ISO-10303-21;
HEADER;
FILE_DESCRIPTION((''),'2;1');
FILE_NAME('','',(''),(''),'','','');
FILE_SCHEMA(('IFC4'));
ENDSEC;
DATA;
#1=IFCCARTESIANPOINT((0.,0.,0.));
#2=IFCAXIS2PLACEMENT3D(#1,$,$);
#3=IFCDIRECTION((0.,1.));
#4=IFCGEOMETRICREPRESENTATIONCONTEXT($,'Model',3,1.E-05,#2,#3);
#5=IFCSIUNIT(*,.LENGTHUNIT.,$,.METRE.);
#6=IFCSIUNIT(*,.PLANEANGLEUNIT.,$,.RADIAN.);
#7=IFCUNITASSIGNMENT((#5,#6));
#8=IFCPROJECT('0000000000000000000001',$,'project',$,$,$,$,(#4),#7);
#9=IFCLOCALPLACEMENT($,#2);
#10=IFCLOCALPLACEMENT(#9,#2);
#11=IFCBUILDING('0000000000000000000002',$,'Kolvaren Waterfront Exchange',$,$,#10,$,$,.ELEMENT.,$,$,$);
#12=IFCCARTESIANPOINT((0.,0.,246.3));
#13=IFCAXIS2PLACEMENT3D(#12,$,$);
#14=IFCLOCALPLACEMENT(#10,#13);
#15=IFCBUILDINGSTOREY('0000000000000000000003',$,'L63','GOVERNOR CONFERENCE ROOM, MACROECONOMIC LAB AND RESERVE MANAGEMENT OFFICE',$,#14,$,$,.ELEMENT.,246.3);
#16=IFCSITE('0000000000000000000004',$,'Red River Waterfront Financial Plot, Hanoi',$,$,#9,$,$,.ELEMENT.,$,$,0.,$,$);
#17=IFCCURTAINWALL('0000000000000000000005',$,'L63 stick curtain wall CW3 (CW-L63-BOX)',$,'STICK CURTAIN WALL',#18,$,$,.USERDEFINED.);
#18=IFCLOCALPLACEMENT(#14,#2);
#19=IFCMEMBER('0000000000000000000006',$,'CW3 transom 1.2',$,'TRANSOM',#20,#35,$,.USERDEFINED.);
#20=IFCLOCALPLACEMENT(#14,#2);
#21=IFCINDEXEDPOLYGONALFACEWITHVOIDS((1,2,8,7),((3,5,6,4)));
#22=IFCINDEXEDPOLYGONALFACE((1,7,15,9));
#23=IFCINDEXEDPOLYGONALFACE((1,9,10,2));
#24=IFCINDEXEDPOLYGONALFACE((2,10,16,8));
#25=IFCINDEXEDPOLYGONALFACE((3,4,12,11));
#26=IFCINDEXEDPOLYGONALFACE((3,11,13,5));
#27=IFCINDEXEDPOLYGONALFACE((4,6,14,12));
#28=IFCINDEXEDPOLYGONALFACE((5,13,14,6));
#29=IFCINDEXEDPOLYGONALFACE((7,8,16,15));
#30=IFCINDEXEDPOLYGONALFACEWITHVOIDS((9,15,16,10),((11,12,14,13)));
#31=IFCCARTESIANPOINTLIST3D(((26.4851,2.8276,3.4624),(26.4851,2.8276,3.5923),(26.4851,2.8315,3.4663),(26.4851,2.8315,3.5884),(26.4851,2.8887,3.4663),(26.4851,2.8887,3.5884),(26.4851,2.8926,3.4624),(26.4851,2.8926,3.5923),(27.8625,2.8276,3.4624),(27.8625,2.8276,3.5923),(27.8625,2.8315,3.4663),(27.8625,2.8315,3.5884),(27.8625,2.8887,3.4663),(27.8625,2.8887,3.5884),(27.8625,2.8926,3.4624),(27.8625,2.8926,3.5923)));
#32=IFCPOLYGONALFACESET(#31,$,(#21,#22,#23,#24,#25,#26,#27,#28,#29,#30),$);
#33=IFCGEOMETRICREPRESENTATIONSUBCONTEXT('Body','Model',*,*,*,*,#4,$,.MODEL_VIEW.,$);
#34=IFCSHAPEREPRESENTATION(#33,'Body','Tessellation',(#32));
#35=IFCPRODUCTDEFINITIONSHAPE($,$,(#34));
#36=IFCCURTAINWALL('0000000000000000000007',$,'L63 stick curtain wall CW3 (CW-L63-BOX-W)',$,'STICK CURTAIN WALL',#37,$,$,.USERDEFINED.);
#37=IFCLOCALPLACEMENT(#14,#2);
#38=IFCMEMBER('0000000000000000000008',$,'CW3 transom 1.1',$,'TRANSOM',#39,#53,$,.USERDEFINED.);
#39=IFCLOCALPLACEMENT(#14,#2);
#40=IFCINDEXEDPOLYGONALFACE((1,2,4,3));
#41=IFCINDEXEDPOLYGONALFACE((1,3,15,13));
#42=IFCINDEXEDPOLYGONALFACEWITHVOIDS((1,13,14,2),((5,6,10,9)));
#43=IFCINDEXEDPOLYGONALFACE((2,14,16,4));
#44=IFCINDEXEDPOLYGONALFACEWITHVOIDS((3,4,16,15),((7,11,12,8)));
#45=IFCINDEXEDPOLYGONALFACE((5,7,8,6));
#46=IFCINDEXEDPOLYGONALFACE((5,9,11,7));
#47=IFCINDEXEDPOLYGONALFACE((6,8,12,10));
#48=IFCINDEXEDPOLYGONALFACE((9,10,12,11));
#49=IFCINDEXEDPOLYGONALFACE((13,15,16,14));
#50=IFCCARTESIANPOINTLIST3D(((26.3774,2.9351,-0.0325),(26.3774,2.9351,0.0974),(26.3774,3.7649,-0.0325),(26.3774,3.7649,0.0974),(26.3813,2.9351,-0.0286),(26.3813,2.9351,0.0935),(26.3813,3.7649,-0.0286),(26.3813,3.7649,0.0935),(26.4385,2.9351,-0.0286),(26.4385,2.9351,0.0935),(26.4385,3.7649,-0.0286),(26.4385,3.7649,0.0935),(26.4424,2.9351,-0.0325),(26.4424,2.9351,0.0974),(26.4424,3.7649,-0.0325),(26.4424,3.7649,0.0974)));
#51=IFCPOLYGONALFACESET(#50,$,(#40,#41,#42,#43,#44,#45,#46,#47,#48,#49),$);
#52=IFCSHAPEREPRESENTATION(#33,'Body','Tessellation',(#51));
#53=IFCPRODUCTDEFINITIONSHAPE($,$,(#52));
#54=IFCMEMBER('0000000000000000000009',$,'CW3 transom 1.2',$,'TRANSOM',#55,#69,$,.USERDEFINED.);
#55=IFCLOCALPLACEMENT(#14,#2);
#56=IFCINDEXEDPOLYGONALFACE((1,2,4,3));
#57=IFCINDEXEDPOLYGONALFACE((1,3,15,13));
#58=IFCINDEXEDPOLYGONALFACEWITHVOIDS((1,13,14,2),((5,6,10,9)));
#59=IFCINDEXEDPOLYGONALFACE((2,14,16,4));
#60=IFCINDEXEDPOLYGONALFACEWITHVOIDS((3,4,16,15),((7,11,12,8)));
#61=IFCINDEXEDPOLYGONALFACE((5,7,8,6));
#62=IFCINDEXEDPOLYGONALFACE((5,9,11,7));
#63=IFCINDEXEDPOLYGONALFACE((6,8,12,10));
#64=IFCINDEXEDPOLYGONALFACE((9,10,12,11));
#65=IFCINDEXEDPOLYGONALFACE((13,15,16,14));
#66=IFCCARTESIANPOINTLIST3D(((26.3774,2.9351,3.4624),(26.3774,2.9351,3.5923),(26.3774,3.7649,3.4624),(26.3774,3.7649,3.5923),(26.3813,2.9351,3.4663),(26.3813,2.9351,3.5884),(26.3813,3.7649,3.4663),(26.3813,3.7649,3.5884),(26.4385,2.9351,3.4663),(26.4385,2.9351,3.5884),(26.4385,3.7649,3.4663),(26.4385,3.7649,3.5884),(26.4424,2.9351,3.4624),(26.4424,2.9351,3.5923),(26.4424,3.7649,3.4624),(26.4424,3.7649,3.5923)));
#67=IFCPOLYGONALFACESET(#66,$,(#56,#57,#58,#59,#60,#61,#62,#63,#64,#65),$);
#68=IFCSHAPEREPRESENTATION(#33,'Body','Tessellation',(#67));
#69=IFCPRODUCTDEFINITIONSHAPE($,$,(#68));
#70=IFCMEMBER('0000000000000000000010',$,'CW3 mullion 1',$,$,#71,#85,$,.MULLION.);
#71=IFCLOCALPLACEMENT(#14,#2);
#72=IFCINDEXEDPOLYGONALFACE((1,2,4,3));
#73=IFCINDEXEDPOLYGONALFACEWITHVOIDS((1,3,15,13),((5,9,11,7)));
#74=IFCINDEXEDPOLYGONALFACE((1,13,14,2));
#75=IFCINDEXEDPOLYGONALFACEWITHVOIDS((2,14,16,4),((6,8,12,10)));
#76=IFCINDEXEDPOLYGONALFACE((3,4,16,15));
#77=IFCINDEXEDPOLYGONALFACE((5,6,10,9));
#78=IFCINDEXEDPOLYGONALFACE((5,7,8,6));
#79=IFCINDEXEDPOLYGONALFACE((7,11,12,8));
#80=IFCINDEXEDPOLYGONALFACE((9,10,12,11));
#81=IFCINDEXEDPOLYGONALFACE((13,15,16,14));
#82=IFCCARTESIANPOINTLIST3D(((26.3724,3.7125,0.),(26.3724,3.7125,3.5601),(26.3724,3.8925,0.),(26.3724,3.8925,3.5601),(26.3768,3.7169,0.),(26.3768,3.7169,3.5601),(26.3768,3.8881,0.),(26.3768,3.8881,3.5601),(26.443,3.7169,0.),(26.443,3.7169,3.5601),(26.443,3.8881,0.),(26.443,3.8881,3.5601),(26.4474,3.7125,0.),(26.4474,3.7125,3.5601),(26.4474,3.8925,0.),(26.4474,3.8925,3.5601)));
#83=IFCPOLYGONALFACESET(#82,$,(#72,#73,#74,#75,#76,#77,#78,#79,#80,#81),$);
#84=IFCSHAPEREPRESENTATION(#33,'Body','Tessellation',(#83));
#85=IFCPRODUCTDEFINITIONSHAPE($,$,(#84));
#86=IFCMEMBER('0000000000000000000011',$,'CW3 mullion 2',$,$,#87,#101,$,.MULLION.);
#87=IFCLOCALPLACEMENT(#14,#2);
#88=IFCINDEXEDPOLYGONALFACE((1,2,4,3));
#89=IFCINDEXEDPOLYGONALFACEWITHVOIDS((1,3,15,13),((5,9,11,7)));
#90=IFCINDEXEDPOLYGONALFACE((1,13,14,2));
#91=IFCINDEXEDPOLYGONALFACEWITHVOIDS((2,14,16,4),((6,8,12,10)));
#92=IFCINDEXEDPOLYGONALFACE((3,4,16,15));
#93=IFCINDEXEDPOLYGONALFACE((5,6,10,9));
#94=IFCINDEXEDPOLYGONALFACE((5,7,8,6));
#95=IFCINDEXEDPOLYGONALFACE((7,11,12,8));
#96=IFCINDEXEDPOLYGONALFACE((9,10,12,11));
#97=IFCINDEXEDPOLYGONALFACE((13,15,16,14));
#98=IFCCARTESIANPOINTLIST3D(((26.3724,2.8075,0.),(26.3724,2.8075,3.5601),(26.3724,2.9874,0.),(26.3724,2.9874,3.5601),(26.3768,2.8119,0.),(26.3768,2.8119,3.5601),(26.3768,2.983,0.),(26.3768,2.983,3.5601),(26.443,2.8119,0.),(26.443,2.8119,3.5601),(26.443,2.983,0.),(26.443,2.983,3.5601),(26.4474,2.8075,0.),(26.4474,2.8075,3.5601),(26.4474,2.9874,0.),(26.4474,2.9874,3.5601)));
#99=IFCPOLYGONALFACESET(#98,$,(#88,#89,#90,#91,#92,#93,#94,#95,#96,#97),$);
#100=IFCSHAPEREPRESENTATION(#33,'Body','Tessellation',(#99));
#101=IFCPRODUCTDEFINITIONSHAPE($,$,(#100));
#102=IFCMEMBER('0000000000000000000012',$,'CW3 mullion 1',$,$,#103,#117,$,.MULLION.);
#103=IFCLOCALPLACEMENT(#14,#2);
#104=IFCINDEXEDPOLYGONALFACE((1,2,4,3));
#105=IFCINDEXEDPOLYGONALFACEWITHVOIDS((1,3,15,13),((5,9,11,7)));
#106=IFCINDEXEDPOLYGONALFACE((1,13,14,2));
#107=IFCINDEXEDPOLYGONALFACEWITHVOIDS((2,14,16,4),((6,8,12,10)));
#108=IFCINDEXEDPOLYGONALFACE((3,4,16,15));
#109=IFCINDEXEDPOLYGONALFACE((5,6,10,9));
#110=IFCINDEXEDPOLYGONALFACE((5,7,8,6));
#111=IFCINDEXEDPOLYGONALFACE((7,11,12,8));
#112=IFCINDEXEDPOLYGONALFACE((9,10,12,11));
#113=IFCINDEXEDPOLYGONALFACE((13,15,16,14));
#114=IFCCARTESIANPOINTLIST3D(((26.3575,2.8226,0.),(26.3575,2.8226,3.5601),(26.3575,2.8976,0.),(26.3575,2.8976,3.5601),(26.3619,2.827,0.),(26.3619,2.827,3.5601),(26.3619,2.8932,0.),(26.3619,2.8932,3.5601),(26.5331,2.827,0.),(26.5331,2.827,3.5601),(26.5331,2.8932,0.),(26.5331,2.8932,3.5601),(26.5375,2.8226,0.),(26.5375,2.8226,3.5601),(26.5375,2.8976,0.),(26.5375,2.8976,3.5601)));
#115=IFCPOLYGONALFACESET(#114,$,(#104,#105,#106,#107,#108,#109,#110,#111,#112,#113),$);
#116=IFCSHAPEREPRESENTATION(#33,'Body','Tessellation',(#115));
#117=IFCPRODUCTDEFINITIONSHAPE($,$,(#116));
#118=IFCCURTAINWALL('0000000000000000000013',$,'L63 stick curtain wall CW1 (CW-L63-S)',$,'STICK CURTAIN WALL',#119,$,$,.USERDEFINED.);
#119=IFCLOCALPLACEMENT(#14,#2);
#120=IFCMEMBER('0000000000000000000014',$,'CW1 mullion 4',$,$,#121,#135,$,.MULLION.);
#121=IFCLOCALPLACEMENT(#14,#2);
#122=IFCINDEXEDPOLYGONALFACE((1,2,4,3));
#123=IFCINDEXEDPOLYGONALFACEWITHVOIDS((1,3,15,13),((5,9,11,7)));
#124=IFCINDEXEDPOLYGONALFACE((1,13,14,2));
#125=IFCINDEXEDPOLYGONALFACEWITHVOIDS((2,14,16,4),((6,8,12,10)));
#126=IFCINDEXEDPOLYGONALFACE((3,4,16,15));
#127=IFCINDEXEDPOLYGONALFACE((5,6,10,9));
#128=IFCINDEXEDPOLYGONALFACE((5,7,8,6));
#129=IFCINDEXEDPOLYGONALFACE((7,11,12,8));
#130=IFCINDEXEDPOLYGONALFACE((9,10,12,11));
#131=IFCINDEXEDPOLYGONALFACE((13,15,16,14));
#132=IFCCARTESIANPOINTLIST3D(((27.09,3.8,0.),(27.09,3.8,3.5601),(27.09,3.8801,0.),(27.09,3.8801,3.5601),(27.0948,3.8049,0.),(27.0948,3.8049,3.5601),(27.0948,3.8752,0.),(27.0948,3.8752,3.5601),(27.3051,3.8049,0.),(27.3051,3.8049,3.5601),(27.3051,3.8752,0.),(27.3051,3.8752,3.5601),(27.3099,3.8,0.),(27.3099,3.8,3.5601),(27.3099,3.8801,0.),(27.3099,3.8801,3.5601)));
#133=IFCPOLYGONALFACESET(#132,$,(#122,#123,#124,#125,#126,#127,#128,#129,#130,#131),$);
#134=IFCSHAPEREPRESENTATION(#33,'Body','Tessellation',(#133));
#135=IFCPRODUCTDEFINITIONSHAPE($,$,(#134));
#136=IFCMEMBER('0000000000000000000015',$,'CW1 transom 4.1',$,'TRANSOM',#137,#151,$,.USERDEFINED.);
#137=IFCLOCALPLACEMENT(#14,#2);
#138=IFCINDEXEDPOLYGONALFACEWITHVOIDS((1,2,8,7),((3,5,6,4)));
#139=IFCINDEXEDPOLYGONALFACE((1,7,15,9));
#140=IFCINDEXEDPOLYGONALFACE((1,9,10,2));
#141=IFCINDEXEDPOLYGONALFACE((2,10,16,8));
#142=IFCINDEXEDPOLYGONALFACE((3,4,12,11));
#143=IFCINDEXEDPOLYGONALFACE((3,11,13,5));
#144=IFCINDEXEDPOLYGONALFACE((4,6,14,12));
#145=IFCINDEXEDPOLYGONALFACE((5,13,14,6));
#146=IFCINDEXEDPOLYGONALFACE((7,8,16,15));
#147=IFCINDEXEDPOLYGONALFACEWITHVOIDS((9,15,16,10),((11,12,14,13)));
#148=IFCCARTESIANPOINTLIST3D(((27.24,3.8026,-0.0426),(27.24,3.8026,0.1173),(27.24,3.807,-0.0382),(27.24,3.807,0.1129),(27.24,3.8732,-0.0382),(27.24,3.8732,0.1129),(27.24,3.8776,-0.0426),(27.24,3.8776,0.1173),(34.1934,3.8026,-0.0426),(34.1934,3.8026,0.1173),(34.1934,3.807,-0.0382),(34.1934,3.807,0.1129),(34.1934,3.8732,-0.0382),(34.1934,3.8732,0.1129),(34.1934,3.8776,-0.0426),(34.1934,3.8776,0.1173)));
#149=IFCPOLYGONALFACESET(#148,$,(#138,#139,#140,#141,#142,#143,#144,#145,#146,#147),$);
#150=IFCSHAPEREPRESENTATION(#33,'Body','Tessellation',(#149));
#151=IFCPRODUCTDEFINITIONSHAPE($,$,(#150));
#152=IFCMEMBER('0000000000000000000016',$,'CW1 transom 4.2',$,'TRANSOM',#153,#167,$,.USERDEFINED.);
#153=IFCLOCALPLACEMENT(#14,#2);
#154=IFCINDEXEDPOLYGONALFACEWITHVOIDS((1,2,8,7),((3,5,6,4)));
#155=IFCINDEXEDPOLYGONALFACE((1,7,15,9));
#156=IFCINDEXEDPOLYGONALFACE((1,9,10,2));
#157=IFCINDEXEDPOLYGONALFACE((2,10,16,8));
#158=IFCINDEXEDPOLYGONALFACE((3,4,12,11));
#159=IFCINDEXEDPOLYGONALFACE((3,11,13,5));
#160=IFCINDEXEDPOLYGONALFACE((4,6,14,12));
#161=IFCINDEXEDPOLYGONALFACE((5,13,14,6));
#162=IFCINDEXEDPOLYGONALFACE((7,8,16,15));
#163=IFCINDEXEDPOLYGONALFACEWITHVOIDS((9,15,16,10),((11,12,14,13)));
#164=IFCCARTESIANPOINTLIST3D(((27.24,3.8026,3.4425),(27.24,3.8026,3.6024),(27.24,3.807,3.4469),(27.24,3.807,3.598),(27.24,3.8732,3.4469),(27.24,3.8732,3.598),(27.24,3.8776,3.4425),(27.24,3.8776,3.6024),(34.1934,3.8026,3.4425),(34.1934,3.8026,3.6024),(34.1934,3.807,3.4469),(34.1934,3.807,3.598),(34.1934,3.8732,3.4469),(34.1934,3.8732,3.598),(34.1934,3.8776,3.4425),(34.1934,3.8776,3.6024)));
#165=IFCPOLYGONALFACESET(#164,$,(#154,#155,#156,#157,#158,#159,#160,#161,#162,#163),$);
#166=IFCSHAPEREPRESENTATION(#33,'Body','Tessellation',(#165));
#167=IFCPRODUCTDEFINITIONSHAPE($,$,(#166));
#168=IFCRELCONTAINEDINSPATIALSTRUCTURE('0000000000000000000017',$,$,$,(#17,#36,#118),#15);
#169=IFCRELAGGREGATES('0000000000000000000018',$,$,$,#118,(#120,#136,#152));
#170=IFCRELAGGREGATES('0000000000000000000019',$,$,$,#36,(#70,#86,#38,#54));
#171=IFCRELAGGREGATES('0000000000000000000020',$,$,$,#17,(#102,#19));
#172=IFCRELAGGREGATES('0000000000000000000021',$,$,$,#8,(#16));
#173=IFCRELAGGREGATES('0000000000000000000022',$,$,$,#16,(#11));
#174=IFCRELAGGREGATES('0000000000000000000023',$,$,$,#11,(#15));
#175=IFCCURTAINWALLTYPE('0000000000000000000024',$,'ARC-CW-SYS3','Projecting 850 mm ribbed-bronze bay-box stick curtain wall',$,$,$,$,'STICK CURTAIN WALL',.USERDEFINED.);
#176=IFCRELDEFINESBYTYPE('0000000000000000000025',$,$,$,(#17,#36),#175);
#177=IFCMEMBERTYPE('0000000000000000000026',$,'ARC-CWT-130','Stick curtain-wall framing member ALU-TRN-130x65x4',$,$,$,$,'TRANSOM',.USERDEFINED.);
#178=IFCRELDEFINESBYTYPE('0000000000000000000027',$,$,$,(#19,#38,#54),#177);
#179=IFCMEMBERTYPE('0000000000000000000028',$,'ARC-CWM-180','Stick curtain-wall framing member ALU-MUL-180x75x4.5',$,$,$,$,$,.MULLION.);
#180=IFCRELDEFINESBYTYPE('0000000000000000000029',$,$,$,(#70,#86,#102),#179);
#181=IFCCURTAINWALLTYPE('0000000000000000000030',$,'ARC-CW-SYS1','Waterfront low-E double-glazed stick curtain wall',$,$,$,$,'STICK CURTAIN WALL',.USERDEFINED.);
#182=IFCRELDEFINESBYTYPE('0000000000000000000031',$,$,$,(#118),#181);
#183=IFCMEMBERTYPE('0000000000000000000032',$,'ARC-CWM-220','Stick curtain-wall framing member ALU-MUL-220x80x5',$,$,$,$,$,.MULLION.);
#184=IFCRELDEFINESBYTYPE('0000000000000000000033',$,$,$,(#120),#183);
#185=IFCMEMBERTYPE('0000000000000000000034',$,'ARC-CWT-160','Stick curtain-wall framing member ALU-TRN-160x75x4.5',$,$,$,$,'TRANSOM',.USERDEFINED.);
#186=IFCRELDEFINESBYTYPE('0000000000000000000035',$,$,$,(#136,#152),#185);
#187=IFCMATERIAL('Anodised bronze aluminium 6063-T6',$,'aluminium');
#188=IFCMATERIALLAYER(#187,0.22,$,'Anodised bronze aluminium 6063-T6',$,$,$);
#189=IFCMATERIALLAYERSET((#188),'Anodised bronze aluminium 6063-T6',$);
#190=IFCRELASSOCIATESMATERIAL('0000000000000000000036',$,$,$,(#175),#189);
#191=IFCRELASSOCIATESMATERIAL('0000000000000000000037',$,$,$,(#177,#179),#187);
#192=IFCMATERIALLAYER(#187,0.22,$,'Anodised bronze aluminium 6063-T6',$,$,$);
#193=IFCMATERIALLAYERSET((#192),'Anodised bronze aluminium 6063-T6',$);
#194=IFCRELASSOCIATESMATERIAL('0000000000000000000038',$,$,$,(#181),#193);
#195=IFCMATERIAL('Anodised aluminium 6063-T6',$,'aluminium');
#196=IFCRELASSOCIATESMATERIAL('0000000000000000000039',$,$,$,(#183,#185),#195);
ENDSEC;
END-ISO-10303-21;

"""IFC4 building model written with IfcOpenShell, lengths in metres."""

from ifc_helpers import new_model, si_unit, direction, frame, origin, origin_with_axes, origin_2d, place, context, subcontext, project, spatial, hollow_rectangle, extrude, source, transform, mapped, material, layer, layer_set, material_profile, profile_set, type_object, element, aggregate, save


model = new_model("IFC4")

# Units and contexts
model_context = context("Model", 3, precision=1e-05, world=origin(), true_north=direction((0.0, 1.0)))
body_context = subcontext(model_context, "Body", "Model", "MODEL_VIEW")
ifc_project = project(units=[si_unit("LENGTHUNIT", "METRE"), si_unit("PLANEANGLEUNIT", "RADIAN")], contexts=[model_context])

# Site, building, storey
site_placement = place(None, origin())
site = spatial("IfcSite", under=ifc_project, at=site_placement, Name="Red River Waterfront Financial Plot, Hanoi", CompositionType="ELEMENT", RefElevation=0.0)
building_placement = place(site_placement, origin())
building = spatial("IfcBuilding", under=site, at=building_placement, Name="Kolvaren Waterfront Exchange", CompositionType="ELEMENT")
storey_placement = place(building_placement, frame((0.0, 0.0, 246.3)))
storey = spatial("IfcBuildingStorey", under=building, at=storey_placement, Name="L63", Description="GOVERNOR CONFERENCE ROOM, MACROECONOMIC LAB AND RESERVE MANAGEMENT OFFICE", CompositionType="ELEMENT", Elevation=246.3)

# Curtain walls, members
ifc_material_1 = material(Name="Anodised bronze aluminium 6063-T6", Category="aluminium")
ifc_layer_1 = layer(ifc_material_1, 0.22, Name="Anodised bronze aluminium 6063-T6")
ifc_layer_set_1 = layer_set([ifc_layer_1], Name="Anodised bronze aluminium 6063-T6")
curtain_wall_type_1 = type_object("IfcCurtainWallType", Name="ARC-CW-SYS3", Description="Projecting 850 mm ribbed-bronze bay-box stick curtain wall", ElementType="STICK CURTAIN WALL", PredefinedType="USERDEFINED", material=ifc_layer_set_1)
curtain_wall_1_placement = place(storey_placement, origin())
curtain_wall_1 = element("IfcCurtainWall", 1, at=curtain_wall_1_placement, inside=storey, type_object=curtain_wall_type_1, Name="L63 stick curtain wall CW3 (CW-L63-BOX)", ObjectType="STICK CURTAIN WALL", PredefinedType="USERDEFINED")
ifc_material_profile_1 = material_profile(ifc_material_1, hollow_rectangle(XDim=0.0649, YDim=0.1299, WallThickness=0.0039, at=origin_2d()), Name="ALU-TRN-130x65x4")
ifc_profile_set_1 = profile_set([ifc_material_profile_1], Name="Anodised bronze aluminium 6063-T6")
member_type_1 = type_object("IfcMemberType", Name="ARC-CWT-130", Description="Stick curtain-wall framing member ALU-TRN-130x65x4", ElementType="TRANSOM", PredefinedType="USERDEFINED", material=ifc_profile_set_1)
shared_shape_1 = source(origin_with_axes(), body_context, "Body", "SweptSolid", [
    extrude(hollow_rectangle(XDim=0.0649, YDim=0.1299, WallThickness=0.0039, at=origin_2d()), origin(), (0.0, 0.0, 1.0), 1.3774),
])
member_1_placement = place(storey_placement, frame((26.4851, 2.8601, 3.5273), z_axis=(1.0, 0.0, 0.0), x_axis=(0.0, 1.0, 0.0)))
member_1 = element("IfcMember", 2, at=member_1_placement, type_object=member_type_1, Name="CW3 transom 1.2", ObjectType="TRANSOM", PredefinedType="USERDEFINED", context=body_context, shape_type="MappedRepresentation", body=[
    mapped(shared_shape_1, transform((0.0, 0.0, 0.0), x_axis=(1.0, 0.0, 0.0), y_axis=(0.0, 1.0, 0.0), z_axis=(0.0, 0.0, 1.0), scale=1.0)),
])
curtain_wall_2_placement = place(storey_placement, origin())
curtain_wall_2 = element("IfcCurtainWall", 3, at=curtain_wall_2_placement, inside=storey, type_object=curtain_wall_type_1, Name="L63 stick curtain wall CW3 (CW-L63-BOX-W)", ObjectType="STICK CURTAIN WALL", PredefinedType="USERDEFINED")
shared_shape_2 = source(origin_with_axes(), body_context, "Body", "SweptSolid", [
    extrude(hollow_rectangle(XDim=0.0649, YDim=0.1299, WallThickness=0.0039, at=origin_2d()), origin(), (0.0, 0.0, 1.0), 0.8298),
])
member_2_placement = place(storey_placement, frame((26.4099, 3.7649, 0.0325), z_axis=(0.0, -1.0, 0.0), x_axis=(1.0, 0.0, 0.0)))
member_2 = element("IfcMember", 4, at=member_2_placement, type_object=member_type_1, Name="CW3 transom 1.1", ObjectType="TRANSOM", PredefinedType="USERDEFINED", context=body_context, shape_type="MappedRepresentation", body=[
    mapped(shared_shape_2, transform((0.0, 0.0, 0.0), x_axis=(1.0, 0.0, 0.0), y_axis=(0.0, 1.0, 0.0), z_axis=(0.0, 0.0, 1.0), scale=1.0)),
])
member_3_placement = place(storey_placement, frame((26.4099, 3.7649, 3.5273), z_axis=(0.0, -1.0, 0.0), x_axis=(1.0, 0.0, 0.0)))
member_3 = element("IfcMember", 5, at=member_3_placement, type_object=member_type_1, Name="CW3 transom 1.2", ObjectType="TRANSOM", PredefinedType="USERDEFINED", context=body_context, shape_type="MappedRepresentation", body=[
    mapped(shared_shape_2, transform((0.0, 0.0, 0.0), x_axis=(1.0, 0.0, 0.0), y_axis=(0.0, 1.0, 0.0), z_axis=(0.0, 0.0, 1.0), scale=1.0)),
])
ifc_material_profile_2 = material_profile(ifc_material_1, hollow_rectangle(XDim=0.075, YDim=0.1799, WallThickness=0.0044, at=origin_2d()), Name="ALU-MUL-180x75x4.5")
ifc_profile_set_2 = profile_set([ifc_material_profile_2], Name="Anodised bronze aluminium 6063-T6")
member_type_2 = type_object("IfcMemberType", Name="ARC-CWM-180", Description="Stick curtain-wall framing member ALU-MUL-180x75x4.5", PredefinedType="MULLION", material=ifc_profile_set_2)
shared_shape_3 = source(origin_with_axes(), body_context, "Body", "SweptSolid", [
    extrude(hollow_rectangle(XDim=0.075, YDim=0.1799, WallThickness=0.0044, at=origin_2d()), origin(), (0.0, 0.0, 1.0), 3.5601),
])
member_4_placement = place(storey_placement, frame((26.4099, 3.8025, 0.0), z_axis=(0.0, 0.0, 1.0), x_axis=(1.0, 0.0, 0.0)))
member_4 = element("IfcMember", 6, at=member_4_placement, type_object=member_type_2, Name="CW3 mullion 1", PredefinedType="MULLION", context=body_context, shape_type="MappedRepresentation", body=[
    mapped(shared_shape_3, transform((0.0, 0.0, 0.0), x_axis=(1.0, 0.0, 0.0), y_axis=(0.0, 1.0, 0.0), z_axis=(0.0, 0.0, 1.0), scale=1.0)),
])
member_5_placement = place(storey_placement, frame((26.4099, 2.8975, 0.0), z_axis=(0.0, 0.0, 1.0), x_axis=(1.0, 0.0, 0.0)))
member_5 = element("IfcMember", 7, at=member_5_placement, type_object=member_type_2, Name="CW3 mullion 2", PredefinedType="MULLION", context=body_context, shape_type="MappedRepresentation", body=[
    mapped(shared_shape_3, transform((0.0, 0.0, 0.0), x_axis=(1.0, 0.0, 0.0), y_axis=(0.0, 1.0, 0.0), z_axis=(0.0, 0.0, 1.0), scale=1.0)),
])

# Member
member_6_placement = place(storey_placement, frame((26.4475, 2.8601, 0.0), z_axis=(0.0, 0.0, 1.0), x_axis=(0.0, 1.0, 0.0)))
member_6 = element("IfcMember", 8, at=member_6_placement, type_object=member_type_2, Name="CW3 mullion 1", PredefinedType="MULLION", context=body_context, shape_type="MappedRepresentation", body=[
    mapped(shared_shape_3, transform((0.0, 0.0, 0.0), x_axis=(1.0, 0.0, 0.0), y_axis=(0.0, 1.0, 0.0), z_axis=(0.0, 0.0, 1.0), scale=1.0)),
])

# Curtain wall, members
ifc_layer_2 = layer(ifc_material_1, 0.22, Name="Anodised bronze aluminium 6063-T6")
ifc_layer_set_2 = layer_set([ifc_layer_2], Name="Anodised bronze aluminium 6063-T6")
curtain_wall_type_2 = type_object("IfcCurtainWallType", Name="ARC-CW-SYS1", Description="Waterfront low-E double-glazed stick curtain wall", ElementType="STICK CURTAIN WALL", PredefinedType="USERDEFINED", material=ifc_layer_set_2)
curtain_wall_3_placement = place(storey_placement, origin())
curtain_wall_3 = element("IfcCurtainWall", 9, at=curtain_wall_3_placement, inside=storey, type_object=curtain_wall_type_2, Name="L63 stick curtain wall CW1 (CW-L63-S)", ObjectType="STICK CURTAIN WALL", PredefinedType="USERDEFINED")
ifc_material_2 = material(Name="Anodised aluminium 6063-T6", Category="aluminium")
ifc_material_profile_3 = material_profile(ifc_material_2, hollow_rectangle(XDim=0.0801, YDim=0.22, WallThickness=0.0049, at=origin_2d()), Name="ALU-MUL-220x80x5")
ifc_profile_set_3 = profile_set([ifc_material_profile_3], Name="Anodised aluminium 6063-T6")
member_type_3 = type_object("IfcMemberType", Name="ARC-CWM-220", Description="Stick curtain-wall framing member ALU-MUL-220x80x5", PredefinedType="MULLION", material=ifc_profile_set_3)
shared_shape_4 = source(origin_with_axes(), body_context, "Body", "SweptSolid", [
    extrude(hollow_rectangle(XDim=0.0801, YDim=0.22, WallThickness=0.0049, at=origin_2d()), origin(), (0.0, 0.0, 1.0), 3.5601),
])
member_7_placement = place(storey_placement, frame((27.2, 3.8401, 0.0), z_axis=(0.0, 0.0, 1.0), x_axis=(0.0, 1.0, 0.0)))
member_7 = element("IfcMember", 10, at=member_7_placement, type_object=member_type_3, Name="CW1 mullion 4", PredefinedType="MULLION", context=body_context, shape_type="MappedRepresentation", body=[
    mapped(shared_shape_4, transform((0.0, 0.0, 0.0), x_axis=(1.0, 0.0, 0.0), y_axis=(0.0, 1.0, 0.0), z_axis=(0.0, 0.0, 1.0), scale=1.0)),
])
ifc_material_profile_4 = material_profile(ifc_material_2, hollow_rectangle(XDim=0.075, YDim=0.1599, WallThickness=0.0044, at=origin_2d()), Name="ALU-TRN-160x75x4.5")
ifc_profile_set_4 = profile_set([ifc_material_profile_4], Name="Anodised aluminium 6063-T6")
member_type_4 = type_object("IfcMemberType", Name="ARC-CWT-160", Description="Stick curtain-wall framing member ALU-TRN-160x75x4.5", ElementType="TRANSOM", PredefinedType="USERDEFINED", material=ifc_profile_set_4)
shared_shape_5 = source(origin_with_axes(), body_context, "Body", "SweptSolid", [
    extrude(hollow_rectangle(XDim=0.075, YDim=0.1599, WallThickness=0.0044, at=origin_2d()), origin(), (0.0, 0.0, 1.0), 6.9534),
])
member_8_placement = place(storey_placement, frame((27.24, 3.8401, 0.0374), z_axis=(1.0, 0.0, 0.0), x_axis=(0.0, 1.0, 0.0)))
member_8 = element("IfcMember", 11, at=member_8_placement, type_object=member_type_4, Name="CW1 transom 4.1", ObjectType="TRANSOM", PredefinedType="USERDEFINED", context=body_context, shape_type="MappedRepresentation", body=[
    mapped(shared_shape_5, transform((0.0, 0.0, 0.0), x_axis=(1.0, 0.0, 0.0), y_axis=(0.0, 1.0, 0.0), z_axis=(0.0, 0.0, 1.0), scale=1.0)),
])
member_9_placement = place(storey_placement, frame((27.24, 3.8401, 3.5225), z_axis=(1.0, 0.0, 0.0), x_axis=(0.0, 1.0, 0.0)))
member_9 = element("IfcMember", 12, at=member_9_placement, type_object=member_type_4, Name="CW1 transom 4.2", ObjectType="TRANSOM", PredefinedType="USERDEFINED", context=body_context, shape_type="MappedRepresentation", body=[
    mapped(shared_shape_5, transform((0.0, 0.0, 0.0), x_axis=(1.0, 0.0, 0.0), y_axis=(0.0, 1.0, 0.0), z_axis=(0.0, 0.0, 1.0), scale=1.0)),
])
aggregate(curtain_wall_3, [member_7, member_8, member_9])

aggregate(curtain_wall_2, [member_4, member_5, member_2, member_3])
aggregate(curtain_wall_1, [member_6, member_1])

save(model, "model.ifc")
